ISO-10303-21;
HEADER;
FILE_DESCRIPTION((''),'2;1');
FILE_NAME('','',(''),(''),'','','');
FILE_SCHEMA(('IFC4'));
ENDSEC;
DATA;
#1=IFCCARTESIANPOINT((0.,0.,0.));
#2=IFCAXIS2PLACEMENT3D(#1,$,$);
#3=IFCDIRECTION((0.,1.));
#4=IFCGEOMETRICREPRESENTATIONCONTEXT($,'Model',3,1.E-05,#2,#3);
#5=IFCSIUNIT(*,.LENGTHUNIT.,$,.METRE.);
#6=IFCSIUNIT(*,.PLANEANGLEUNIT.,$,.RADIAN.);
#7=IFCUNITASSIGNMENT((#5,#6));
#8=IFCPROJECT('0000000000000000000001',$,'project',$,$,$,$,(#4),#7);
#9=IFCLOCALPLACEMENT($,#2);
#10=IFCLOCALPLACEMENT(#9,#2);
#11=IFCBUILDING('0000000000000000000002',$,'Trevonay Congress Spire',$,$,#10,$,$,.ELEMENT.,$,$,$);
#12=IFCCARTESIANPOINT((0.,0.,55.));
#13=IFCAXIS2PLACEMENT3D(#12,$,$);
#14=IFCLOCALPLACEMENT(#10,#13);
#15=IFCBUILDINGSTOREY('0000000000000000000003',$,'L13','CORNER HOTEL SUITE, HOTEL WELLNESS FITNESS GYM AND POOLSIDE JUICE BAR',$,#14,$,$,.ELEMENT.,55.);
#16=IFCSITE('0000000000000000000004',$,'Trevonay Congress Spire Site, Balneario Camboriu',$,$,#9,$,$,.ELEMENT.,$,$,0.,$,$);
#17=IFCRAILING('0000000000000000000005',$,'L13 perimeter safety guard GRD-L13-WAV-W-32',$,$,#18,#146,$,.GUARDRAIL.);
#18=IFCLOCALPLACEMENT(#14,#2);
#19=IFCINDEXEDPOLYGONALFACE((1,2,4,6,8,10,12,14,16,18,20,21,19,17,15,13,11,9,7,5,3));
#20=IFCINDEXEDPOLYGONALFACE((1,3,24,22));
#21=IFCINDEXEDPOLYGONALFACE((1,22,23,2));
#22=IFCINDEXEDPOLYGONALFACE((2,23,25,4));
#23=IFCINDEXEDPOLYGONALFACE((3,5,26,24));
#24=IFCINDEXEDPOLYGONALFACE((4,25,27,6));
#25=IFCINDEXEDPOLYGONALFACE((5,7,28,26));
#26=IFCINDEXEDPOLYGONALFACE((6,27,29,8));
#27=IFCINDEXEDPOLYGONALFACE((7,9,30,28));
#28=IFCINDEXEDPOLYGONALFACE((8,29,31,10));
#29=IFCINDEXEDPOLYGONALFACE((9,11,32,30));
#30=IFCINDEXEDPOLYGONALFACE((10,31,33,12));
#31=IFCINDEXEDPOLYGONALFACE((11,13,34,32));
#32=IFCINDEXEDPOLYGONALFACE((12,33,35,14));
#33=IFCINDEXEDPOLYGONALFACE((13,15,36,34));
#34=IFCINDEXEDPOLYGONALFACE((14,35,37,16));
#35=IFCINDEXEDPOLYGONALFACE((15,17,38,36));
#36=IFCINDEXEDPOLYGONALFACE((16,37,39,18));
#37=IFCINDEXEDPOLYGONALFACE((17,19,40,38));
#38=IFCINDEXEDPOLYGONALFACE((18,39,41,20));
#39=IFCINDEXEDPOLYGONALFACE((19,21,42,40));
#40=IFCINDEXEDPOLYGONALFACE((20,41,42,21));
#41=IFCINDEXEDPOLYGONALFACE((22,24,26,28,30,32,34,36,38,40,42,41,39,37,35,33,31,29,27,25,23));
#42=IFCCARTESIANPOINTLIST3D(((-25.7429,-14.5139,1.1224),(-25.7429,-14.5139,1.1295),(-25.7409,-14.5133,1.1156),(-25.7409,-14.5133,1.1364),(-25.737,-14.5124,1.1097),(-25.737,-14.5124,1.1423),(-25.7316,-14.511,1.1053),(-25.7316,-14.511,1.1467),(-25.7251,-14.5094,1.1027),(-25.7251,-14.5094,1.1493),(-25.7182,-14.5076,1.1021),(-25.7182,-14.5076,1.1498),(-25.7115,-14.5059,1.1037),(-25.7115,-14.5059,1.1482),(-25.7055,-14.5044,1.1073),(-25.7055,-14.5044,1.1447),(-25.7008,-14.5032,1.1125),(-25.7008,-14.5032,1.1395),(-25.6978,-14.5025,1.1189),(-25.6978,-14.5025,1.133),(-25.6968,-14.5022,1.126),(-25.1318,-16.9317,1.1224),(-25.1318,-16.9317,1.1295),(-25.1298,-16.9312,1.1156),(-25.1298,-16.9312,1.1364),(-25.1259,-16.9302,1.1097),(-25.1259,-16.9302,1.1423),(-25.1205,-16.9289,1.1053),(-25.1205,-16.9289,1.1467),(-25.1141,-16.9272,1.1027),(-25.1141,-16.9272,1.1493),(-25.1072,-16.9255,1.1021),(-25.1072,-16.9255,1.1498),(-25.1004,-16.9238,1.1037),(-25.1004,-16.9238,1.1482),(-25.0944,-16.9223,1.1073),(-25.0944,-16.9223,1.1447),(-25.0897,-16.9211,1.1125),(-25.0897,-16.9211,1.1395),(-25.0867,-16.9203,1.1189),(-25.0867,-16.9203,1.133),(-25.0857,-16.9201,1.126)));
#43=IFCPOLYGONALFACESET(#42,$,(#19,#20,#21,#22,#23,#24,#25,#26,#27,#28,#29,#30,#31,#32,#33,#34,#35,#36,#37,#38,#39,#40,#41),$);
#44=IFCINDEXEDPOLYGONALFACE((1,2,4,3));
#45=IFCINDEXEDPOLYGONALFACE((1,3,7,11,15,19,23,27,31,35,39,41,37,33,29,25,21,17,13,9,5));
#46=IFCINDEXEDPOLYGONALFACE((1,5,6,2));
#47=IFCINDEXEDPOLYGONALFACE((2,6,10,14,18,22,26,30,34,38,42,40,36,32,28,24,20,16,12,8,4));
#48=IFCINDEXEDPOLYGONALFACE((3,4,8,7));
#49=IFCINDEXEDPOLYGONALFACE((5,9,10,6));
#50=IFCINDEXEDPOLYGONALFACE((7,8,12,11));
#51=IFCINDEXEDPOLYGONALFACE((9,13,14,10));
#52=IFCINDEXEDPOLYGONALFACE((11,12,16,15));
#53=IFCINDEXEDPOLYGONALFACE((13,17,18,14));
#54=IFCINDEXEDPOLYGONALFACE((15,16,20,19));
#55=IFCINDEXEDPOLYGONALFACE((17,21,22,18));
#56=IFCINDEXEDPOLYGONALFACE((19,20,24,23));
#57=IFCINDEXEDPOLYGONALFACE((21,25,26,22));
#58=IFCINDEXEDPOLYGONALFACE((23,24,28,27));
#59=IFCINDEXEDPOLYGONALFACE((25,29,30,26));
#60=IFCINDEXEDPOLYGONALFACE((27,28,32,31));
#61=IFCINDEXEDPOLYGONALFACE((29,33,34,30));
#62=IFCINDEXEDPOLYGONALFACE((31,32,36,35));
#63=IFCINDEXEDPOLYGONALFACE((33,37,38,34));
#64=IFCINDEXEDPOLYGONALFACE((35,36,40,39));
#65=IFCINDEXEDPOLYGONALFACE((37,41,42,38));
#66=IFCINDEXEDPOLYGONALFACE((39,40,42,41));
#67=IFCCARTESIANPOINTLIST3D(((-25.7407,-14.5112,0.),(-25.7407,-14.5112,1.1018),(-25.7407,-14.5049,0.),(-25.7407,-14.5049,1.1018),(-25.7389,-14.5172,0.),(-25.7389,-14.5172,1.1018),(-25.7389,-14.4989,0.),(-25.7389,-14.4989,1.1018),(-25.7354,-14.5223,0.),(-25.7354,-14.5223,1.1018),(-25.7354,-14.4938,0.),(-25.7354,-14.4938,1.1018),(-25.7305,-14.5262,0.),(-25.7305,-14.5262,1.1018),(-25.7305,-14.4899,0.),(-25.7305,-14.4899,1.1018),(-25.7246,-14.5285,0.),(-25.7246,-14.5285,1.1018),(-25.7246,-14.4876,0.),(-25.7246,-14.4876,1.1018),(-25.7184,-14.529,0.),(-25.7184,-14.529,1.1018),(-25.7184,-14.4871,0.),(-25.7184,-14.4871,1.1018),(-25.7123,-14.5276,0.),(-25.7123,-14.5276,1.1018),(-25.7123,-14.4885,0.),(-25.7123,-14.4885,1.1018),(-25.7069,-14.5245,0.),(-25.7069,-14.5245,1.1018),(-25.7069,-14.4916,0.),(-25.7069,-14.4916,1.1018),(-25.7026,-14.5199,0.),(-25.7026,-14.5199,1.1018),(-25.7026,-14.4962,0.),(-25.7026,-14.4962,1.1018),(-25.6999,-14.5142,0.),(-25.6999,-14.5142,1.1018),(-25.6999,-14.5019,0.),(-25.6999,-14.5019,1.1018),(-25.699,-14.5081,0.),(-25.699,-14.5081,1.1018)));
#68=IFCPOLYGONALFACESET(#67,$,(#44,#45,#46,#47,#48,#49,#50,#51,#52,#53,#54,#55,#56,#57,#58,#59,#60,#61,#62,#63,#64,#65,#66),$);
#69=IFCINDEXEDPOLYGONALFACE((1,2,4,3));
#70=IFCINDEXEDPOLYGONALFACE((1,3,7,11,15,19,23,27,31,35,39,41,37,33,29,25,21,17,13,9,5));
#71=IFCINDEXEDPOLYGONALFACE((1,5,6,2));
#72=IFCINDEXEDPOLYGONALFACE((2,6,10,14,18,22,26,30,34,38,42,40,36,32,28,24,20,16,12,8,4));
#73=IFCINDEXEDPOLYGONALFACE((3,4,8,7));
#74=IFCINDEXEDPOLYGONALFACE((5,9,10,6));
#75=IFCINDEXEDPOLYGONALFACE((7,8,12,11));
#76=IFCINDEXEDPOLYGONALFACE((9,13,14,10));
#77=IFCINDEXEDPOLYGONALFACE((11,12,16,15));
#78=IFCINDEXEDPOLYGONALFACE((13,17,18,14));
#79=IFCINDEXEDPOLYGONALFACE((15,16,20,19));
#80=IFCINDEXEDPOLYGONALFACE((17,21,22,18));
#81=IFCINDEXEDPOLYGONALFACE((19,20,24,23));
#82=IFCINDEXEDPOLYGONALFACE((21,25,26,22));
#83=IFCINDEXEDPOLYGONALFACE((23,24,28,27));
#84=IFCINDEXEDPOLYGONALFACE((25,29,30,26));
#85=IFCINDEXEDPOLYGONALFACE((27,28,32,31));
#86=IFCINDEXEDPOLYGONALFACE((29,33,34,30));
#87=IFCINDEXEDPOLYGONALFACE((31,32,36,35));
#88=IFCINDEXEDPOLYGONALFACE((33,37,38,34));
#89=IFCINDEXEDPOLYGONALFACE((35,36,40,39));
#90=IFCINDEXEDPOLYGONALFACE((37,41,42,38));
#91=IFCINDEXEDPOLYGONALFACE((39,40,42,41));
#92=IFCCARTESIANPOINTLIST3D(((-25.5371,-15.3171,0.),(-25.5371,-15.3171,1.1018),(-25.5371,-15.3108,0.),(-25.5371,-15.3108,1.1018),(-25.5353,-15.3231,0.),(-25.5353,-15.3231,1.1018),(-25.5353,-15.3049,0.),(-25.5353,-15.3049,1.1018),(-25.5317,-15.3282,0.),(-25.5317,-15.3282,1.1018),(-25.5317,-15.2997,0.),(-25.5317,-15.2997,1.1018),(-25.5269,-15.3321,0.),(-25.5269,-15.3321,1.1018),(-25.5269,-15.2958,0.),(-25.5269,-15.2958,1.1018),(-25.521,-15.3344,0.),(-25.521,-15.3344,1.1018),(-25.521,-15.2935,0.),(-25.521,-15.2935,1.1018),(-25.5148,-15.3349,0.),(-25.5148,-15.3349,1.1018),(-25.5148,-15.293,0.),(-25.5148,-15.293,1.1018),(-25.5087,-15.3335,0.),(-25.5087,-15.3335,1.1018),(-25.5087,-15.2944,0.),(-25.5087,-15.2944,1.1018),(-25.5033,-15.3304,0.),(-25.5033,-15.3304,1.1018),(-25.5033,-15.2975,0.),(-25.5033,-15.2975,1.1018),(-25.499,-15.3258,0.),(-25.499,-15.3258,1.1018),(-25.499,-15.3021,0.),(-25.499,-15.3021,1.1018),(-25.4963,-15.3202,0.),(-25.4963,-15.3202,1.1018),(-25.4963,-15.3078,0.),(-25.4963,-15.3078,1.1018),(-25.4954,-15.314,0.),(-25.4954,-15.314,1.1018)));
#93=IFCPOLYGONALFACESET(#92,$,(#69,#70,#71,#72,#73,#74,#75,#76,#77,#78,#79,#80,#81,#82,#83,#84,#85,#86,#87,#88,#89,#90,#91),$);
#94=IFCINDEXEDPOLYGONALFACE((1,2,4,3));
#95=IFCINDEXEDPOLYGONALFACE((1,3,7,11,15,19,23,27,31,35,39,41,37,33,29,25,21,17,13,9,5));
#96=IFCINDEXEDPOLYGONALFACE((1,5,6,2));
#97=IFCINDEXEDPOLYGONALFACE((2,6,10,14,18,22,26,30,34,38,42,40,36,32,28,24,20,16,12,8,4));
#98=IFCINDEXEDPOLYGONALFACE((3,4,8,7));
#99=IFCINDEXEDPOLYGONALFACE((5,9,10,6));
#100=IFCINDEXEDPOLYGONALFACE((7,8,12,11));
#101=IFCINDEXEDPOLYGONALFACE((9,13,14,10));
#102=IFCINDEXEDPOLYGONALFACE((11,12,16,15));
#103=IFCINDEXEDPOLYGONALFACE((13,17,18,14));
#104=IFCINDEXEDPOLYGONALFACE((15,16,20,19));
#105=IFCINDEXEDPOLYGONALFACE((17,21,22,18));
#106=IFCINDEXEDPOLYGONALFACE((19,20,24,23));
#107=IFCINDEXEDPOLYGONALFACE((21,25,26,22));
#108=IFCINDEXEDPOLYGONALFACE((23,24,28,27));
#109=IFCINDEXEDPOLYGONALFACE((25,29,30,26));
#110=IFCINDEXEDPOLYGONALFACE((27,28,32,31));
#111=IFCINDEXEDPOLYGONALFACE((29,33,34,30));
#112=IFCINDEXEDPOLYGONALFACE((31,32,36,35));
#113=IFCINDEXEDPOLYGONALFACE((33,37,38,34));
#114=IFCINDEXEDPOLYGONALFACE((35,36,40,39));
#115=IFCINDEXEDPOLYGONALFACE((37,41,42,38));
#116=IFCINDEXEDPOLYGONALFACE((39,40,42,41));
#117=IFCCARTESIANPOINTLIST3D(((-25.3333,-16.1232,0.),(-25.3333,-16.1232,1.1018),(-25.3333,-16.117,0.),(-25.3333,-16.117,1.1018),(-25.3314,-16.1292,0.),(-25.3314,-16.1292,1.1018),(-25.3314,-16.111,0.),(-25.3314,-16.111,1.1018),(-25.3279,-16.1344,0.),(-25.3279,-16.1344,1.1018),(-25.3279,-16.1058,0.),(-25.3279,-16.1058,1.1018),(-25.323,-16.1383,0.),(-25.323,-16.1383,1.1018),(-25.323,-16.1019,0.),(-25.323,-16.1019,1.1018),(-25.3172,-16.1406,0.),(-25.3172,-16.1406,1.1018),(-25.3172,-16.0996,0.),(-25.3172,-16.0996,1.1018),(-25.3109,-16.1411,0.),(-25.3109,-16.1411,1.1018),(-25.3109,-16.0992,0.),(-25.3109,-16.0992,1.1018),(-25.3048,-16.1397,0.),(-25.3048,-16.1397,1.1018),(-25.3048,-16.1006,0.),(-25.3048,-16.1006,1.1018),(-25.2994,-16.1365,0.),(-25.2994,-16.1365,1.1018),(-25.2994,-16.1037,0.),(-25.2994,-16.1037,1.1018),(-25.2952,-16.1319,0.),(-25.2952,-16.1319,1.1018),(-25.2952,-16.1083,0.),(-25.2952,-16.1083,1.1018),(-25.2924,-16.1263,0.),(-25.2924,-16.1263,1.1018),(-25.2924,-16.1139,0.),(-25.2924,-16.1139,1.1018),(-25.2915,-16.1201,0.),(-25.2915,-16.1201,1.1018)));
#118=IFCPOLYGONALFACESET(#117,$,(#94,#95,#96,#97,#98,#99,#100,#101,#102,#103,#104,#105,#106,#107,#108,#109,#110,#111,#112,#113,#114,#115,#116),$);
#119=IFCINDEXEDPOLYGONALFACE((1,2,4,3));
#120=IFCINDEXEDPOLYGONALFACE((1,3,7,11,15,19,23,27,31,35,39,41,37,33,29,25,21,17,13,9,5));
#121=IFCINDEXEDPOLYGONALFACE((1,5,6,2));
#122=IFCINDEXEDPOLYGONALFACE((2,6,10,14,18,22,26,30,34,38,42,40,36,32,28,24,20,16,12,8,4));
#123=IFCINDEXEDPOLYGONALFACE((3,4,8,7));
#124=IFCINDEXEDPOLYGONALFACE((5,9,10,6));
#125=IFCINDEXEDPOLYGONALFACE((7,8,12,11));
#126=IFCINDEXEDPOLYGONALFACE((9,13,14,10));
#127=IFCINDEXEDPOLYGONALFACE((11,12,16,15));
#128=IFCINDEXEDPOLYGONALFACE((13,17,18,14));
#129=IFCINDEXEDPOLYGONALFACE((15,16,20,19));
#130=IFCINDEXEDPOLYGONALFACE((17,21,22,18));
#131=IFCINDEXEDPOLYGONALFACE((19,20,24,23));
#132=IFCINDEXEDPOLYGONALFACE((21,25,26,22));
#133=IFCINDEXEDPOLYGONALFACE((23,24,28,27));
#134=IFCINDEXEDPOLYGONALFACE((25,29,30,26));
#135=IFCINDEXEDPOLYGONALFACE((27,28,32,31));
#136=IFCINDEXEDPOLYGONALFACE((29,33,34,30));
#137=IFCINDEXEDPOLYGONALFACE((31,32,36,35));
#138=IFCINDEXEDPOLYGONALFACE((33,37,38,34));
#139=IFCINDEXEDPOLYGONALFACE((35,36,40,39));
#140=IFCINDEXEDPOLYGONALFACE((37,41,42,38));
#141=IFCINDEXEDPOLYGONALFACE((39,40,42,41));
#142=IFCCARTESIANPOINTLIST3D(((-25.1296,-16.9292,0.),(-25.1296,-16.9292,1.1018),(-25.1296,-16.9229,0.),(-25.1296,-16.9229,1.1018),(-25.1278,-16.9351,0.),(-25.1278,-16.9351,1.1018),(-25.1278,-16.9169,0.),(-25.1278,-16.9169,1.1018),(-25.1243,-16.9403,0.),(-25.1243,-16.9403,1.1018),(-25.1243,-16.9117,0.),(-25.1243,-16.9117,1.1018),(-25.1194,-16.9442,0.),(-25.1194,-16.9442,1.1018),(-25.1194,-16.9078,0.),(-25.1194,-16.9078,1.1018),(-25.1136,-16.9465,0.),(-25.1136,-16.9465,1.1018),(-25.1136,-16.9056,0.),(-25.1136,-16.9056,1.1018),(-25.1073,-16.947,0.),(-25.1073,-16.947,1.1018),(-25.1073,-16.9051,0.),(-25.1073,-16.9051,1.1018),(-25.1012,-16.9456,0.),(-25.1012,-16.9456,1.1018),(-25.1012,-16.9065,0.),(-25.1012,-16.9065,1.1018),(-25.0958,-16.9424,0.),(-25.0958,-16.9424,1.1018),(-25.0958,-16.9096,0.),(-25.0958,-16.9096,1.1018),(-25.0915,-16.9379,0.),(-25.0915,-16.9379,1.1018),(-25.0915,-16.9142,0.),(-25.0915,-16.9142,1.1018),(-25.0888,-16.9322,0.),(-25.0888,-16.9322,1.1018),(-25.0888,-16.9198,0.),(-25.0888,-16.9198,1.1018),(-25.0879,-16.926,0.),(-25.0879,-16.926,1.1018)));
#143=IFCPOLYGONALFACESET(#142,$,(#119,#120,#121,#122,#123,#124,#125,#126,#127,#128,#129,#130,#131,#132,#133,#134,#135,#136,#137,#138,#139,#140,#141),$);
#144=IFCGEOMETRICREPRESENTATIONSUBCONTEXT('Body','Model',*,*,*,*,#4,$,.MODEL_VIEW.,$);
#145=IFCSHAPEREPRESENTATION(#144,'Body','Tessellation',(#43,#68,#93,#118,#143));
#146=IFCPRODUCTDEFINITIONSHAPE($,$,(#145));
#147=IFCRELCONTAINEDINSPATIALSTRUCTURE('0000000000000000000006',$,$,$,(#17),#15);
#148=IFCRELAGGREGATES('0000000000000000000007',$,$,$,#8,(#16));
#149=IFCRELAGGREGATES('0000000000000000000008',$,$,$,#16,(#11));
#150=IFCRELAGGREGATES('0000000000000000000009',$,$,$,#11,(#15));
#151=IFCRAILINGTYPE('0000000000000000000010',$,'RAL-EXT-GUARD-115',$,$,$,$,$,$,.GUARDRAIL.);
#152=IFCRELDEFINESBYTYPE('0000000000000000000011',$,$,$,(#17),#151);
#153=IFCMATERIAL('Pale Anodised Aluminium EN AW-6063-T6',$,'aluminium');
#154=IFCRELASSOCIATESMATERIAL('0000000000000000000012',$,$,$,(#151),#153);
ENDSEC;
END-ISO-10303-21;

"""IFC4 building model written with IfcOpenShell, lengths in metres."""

from ifc_helpers import new_model, si_unit, direction, frame, origin, origin_2d, place, context, subcontext, project, spatial, circle, extrude, material, type_object, element, save


model = new_model("IFC4")

# Units and contexts
model_context = context("Model", 3, precision=1e-05, world=origin(), true_north=direction((0.0, 1.0)))
body_context = subcontext(model_context, "Body", "Model", "MODEL_VIEW")
ifc_project = project(units=[si_unit("LENGTHUNIT", "METRE"), si_unit("PLANEANGLEUNIT", "RADIAN")], contexts=[model_context])

# Site, building, storey
site_placement = place(None, origin())
site = spatial("IfcSite", under=ifc_project, at=site_placement, Name="Trevonay Congress Spire Site, Balneario Camboriu", CompositionType="ELEMENT", RefElevation=0.0)
building_placement = place(site_placement, origin())
building = spatial("IfcBuilding", under=site, at=building_placement, Name="Trevonay Congress Spire", CompositionType="ELEMENT")
storey_placement = place(building_placement, frame((0.0, 0.0, 55.0)))
storey = spatial("IfcBuildingStorey", under=building, at=storey_placement, Name="L13", Description="CORNER HOTEL SUITE, HOTEL WELLNESS FITNESS GYM AND POOLSIDE JUICE BAR", CompositionType="ELEMENT", Elevation=55.0)

# Shared definitions
ifc_material_1 = material(Name="Pale Anodised Aluminium EN AW-6063-T6", Category="aluminium")

# Railing
railing_type = type_object("IfcRailingType", Name="RAL-EXT-GUARD-115", PredefinedType="GUARDRAIL", material=ifc_material_1)
railing_1_placement = place(storey_placement, frame((-25.72, -14.5081, 0.0)))
element("IfcRailing", 1, at=railing_1_placement, inside=storey, type_object=railing_type, Name="L13 perimeter safety guard GRD-L13-WAV-W-32", PredefinedType="GUARDRAIL", context=body_context, shape_type="SweptSolid", body=[
    extrude(circle(Radius=0.0239, at=origin_2d()), frame((0.0, 0.0, 1.126), z_axis=(0.245022, -0.969517, 0.0), x_axis=(0.969517, 0.245022, 0.0)), (0.0, 0.0, 1.0), 2.4939),
    extrude(circle(Radius=0.021, at=origin_2d()), origin(), (0.0, 0.0, 1.0), 1.1018),
    extrude(circle(Radius=0.021, at=origin_2d()), frame((0.2036, -0.8059, 0.0)), (0.0, 0.0, 1.0), 1.1018),
    extrude(circle(Radius=0.021, at=origin_2d()), frame((0.4075, -1.6121, 0.0)), (0.0, 0.0, 1.0), 1.1018),
    extrude(circle(Radius=0.021, at=origin_2d()), frame((0.6111, -2.418, 0.0)), (0.0, 0.0, 1.0), 1.1018),
])

save(model, "model.ifc")
